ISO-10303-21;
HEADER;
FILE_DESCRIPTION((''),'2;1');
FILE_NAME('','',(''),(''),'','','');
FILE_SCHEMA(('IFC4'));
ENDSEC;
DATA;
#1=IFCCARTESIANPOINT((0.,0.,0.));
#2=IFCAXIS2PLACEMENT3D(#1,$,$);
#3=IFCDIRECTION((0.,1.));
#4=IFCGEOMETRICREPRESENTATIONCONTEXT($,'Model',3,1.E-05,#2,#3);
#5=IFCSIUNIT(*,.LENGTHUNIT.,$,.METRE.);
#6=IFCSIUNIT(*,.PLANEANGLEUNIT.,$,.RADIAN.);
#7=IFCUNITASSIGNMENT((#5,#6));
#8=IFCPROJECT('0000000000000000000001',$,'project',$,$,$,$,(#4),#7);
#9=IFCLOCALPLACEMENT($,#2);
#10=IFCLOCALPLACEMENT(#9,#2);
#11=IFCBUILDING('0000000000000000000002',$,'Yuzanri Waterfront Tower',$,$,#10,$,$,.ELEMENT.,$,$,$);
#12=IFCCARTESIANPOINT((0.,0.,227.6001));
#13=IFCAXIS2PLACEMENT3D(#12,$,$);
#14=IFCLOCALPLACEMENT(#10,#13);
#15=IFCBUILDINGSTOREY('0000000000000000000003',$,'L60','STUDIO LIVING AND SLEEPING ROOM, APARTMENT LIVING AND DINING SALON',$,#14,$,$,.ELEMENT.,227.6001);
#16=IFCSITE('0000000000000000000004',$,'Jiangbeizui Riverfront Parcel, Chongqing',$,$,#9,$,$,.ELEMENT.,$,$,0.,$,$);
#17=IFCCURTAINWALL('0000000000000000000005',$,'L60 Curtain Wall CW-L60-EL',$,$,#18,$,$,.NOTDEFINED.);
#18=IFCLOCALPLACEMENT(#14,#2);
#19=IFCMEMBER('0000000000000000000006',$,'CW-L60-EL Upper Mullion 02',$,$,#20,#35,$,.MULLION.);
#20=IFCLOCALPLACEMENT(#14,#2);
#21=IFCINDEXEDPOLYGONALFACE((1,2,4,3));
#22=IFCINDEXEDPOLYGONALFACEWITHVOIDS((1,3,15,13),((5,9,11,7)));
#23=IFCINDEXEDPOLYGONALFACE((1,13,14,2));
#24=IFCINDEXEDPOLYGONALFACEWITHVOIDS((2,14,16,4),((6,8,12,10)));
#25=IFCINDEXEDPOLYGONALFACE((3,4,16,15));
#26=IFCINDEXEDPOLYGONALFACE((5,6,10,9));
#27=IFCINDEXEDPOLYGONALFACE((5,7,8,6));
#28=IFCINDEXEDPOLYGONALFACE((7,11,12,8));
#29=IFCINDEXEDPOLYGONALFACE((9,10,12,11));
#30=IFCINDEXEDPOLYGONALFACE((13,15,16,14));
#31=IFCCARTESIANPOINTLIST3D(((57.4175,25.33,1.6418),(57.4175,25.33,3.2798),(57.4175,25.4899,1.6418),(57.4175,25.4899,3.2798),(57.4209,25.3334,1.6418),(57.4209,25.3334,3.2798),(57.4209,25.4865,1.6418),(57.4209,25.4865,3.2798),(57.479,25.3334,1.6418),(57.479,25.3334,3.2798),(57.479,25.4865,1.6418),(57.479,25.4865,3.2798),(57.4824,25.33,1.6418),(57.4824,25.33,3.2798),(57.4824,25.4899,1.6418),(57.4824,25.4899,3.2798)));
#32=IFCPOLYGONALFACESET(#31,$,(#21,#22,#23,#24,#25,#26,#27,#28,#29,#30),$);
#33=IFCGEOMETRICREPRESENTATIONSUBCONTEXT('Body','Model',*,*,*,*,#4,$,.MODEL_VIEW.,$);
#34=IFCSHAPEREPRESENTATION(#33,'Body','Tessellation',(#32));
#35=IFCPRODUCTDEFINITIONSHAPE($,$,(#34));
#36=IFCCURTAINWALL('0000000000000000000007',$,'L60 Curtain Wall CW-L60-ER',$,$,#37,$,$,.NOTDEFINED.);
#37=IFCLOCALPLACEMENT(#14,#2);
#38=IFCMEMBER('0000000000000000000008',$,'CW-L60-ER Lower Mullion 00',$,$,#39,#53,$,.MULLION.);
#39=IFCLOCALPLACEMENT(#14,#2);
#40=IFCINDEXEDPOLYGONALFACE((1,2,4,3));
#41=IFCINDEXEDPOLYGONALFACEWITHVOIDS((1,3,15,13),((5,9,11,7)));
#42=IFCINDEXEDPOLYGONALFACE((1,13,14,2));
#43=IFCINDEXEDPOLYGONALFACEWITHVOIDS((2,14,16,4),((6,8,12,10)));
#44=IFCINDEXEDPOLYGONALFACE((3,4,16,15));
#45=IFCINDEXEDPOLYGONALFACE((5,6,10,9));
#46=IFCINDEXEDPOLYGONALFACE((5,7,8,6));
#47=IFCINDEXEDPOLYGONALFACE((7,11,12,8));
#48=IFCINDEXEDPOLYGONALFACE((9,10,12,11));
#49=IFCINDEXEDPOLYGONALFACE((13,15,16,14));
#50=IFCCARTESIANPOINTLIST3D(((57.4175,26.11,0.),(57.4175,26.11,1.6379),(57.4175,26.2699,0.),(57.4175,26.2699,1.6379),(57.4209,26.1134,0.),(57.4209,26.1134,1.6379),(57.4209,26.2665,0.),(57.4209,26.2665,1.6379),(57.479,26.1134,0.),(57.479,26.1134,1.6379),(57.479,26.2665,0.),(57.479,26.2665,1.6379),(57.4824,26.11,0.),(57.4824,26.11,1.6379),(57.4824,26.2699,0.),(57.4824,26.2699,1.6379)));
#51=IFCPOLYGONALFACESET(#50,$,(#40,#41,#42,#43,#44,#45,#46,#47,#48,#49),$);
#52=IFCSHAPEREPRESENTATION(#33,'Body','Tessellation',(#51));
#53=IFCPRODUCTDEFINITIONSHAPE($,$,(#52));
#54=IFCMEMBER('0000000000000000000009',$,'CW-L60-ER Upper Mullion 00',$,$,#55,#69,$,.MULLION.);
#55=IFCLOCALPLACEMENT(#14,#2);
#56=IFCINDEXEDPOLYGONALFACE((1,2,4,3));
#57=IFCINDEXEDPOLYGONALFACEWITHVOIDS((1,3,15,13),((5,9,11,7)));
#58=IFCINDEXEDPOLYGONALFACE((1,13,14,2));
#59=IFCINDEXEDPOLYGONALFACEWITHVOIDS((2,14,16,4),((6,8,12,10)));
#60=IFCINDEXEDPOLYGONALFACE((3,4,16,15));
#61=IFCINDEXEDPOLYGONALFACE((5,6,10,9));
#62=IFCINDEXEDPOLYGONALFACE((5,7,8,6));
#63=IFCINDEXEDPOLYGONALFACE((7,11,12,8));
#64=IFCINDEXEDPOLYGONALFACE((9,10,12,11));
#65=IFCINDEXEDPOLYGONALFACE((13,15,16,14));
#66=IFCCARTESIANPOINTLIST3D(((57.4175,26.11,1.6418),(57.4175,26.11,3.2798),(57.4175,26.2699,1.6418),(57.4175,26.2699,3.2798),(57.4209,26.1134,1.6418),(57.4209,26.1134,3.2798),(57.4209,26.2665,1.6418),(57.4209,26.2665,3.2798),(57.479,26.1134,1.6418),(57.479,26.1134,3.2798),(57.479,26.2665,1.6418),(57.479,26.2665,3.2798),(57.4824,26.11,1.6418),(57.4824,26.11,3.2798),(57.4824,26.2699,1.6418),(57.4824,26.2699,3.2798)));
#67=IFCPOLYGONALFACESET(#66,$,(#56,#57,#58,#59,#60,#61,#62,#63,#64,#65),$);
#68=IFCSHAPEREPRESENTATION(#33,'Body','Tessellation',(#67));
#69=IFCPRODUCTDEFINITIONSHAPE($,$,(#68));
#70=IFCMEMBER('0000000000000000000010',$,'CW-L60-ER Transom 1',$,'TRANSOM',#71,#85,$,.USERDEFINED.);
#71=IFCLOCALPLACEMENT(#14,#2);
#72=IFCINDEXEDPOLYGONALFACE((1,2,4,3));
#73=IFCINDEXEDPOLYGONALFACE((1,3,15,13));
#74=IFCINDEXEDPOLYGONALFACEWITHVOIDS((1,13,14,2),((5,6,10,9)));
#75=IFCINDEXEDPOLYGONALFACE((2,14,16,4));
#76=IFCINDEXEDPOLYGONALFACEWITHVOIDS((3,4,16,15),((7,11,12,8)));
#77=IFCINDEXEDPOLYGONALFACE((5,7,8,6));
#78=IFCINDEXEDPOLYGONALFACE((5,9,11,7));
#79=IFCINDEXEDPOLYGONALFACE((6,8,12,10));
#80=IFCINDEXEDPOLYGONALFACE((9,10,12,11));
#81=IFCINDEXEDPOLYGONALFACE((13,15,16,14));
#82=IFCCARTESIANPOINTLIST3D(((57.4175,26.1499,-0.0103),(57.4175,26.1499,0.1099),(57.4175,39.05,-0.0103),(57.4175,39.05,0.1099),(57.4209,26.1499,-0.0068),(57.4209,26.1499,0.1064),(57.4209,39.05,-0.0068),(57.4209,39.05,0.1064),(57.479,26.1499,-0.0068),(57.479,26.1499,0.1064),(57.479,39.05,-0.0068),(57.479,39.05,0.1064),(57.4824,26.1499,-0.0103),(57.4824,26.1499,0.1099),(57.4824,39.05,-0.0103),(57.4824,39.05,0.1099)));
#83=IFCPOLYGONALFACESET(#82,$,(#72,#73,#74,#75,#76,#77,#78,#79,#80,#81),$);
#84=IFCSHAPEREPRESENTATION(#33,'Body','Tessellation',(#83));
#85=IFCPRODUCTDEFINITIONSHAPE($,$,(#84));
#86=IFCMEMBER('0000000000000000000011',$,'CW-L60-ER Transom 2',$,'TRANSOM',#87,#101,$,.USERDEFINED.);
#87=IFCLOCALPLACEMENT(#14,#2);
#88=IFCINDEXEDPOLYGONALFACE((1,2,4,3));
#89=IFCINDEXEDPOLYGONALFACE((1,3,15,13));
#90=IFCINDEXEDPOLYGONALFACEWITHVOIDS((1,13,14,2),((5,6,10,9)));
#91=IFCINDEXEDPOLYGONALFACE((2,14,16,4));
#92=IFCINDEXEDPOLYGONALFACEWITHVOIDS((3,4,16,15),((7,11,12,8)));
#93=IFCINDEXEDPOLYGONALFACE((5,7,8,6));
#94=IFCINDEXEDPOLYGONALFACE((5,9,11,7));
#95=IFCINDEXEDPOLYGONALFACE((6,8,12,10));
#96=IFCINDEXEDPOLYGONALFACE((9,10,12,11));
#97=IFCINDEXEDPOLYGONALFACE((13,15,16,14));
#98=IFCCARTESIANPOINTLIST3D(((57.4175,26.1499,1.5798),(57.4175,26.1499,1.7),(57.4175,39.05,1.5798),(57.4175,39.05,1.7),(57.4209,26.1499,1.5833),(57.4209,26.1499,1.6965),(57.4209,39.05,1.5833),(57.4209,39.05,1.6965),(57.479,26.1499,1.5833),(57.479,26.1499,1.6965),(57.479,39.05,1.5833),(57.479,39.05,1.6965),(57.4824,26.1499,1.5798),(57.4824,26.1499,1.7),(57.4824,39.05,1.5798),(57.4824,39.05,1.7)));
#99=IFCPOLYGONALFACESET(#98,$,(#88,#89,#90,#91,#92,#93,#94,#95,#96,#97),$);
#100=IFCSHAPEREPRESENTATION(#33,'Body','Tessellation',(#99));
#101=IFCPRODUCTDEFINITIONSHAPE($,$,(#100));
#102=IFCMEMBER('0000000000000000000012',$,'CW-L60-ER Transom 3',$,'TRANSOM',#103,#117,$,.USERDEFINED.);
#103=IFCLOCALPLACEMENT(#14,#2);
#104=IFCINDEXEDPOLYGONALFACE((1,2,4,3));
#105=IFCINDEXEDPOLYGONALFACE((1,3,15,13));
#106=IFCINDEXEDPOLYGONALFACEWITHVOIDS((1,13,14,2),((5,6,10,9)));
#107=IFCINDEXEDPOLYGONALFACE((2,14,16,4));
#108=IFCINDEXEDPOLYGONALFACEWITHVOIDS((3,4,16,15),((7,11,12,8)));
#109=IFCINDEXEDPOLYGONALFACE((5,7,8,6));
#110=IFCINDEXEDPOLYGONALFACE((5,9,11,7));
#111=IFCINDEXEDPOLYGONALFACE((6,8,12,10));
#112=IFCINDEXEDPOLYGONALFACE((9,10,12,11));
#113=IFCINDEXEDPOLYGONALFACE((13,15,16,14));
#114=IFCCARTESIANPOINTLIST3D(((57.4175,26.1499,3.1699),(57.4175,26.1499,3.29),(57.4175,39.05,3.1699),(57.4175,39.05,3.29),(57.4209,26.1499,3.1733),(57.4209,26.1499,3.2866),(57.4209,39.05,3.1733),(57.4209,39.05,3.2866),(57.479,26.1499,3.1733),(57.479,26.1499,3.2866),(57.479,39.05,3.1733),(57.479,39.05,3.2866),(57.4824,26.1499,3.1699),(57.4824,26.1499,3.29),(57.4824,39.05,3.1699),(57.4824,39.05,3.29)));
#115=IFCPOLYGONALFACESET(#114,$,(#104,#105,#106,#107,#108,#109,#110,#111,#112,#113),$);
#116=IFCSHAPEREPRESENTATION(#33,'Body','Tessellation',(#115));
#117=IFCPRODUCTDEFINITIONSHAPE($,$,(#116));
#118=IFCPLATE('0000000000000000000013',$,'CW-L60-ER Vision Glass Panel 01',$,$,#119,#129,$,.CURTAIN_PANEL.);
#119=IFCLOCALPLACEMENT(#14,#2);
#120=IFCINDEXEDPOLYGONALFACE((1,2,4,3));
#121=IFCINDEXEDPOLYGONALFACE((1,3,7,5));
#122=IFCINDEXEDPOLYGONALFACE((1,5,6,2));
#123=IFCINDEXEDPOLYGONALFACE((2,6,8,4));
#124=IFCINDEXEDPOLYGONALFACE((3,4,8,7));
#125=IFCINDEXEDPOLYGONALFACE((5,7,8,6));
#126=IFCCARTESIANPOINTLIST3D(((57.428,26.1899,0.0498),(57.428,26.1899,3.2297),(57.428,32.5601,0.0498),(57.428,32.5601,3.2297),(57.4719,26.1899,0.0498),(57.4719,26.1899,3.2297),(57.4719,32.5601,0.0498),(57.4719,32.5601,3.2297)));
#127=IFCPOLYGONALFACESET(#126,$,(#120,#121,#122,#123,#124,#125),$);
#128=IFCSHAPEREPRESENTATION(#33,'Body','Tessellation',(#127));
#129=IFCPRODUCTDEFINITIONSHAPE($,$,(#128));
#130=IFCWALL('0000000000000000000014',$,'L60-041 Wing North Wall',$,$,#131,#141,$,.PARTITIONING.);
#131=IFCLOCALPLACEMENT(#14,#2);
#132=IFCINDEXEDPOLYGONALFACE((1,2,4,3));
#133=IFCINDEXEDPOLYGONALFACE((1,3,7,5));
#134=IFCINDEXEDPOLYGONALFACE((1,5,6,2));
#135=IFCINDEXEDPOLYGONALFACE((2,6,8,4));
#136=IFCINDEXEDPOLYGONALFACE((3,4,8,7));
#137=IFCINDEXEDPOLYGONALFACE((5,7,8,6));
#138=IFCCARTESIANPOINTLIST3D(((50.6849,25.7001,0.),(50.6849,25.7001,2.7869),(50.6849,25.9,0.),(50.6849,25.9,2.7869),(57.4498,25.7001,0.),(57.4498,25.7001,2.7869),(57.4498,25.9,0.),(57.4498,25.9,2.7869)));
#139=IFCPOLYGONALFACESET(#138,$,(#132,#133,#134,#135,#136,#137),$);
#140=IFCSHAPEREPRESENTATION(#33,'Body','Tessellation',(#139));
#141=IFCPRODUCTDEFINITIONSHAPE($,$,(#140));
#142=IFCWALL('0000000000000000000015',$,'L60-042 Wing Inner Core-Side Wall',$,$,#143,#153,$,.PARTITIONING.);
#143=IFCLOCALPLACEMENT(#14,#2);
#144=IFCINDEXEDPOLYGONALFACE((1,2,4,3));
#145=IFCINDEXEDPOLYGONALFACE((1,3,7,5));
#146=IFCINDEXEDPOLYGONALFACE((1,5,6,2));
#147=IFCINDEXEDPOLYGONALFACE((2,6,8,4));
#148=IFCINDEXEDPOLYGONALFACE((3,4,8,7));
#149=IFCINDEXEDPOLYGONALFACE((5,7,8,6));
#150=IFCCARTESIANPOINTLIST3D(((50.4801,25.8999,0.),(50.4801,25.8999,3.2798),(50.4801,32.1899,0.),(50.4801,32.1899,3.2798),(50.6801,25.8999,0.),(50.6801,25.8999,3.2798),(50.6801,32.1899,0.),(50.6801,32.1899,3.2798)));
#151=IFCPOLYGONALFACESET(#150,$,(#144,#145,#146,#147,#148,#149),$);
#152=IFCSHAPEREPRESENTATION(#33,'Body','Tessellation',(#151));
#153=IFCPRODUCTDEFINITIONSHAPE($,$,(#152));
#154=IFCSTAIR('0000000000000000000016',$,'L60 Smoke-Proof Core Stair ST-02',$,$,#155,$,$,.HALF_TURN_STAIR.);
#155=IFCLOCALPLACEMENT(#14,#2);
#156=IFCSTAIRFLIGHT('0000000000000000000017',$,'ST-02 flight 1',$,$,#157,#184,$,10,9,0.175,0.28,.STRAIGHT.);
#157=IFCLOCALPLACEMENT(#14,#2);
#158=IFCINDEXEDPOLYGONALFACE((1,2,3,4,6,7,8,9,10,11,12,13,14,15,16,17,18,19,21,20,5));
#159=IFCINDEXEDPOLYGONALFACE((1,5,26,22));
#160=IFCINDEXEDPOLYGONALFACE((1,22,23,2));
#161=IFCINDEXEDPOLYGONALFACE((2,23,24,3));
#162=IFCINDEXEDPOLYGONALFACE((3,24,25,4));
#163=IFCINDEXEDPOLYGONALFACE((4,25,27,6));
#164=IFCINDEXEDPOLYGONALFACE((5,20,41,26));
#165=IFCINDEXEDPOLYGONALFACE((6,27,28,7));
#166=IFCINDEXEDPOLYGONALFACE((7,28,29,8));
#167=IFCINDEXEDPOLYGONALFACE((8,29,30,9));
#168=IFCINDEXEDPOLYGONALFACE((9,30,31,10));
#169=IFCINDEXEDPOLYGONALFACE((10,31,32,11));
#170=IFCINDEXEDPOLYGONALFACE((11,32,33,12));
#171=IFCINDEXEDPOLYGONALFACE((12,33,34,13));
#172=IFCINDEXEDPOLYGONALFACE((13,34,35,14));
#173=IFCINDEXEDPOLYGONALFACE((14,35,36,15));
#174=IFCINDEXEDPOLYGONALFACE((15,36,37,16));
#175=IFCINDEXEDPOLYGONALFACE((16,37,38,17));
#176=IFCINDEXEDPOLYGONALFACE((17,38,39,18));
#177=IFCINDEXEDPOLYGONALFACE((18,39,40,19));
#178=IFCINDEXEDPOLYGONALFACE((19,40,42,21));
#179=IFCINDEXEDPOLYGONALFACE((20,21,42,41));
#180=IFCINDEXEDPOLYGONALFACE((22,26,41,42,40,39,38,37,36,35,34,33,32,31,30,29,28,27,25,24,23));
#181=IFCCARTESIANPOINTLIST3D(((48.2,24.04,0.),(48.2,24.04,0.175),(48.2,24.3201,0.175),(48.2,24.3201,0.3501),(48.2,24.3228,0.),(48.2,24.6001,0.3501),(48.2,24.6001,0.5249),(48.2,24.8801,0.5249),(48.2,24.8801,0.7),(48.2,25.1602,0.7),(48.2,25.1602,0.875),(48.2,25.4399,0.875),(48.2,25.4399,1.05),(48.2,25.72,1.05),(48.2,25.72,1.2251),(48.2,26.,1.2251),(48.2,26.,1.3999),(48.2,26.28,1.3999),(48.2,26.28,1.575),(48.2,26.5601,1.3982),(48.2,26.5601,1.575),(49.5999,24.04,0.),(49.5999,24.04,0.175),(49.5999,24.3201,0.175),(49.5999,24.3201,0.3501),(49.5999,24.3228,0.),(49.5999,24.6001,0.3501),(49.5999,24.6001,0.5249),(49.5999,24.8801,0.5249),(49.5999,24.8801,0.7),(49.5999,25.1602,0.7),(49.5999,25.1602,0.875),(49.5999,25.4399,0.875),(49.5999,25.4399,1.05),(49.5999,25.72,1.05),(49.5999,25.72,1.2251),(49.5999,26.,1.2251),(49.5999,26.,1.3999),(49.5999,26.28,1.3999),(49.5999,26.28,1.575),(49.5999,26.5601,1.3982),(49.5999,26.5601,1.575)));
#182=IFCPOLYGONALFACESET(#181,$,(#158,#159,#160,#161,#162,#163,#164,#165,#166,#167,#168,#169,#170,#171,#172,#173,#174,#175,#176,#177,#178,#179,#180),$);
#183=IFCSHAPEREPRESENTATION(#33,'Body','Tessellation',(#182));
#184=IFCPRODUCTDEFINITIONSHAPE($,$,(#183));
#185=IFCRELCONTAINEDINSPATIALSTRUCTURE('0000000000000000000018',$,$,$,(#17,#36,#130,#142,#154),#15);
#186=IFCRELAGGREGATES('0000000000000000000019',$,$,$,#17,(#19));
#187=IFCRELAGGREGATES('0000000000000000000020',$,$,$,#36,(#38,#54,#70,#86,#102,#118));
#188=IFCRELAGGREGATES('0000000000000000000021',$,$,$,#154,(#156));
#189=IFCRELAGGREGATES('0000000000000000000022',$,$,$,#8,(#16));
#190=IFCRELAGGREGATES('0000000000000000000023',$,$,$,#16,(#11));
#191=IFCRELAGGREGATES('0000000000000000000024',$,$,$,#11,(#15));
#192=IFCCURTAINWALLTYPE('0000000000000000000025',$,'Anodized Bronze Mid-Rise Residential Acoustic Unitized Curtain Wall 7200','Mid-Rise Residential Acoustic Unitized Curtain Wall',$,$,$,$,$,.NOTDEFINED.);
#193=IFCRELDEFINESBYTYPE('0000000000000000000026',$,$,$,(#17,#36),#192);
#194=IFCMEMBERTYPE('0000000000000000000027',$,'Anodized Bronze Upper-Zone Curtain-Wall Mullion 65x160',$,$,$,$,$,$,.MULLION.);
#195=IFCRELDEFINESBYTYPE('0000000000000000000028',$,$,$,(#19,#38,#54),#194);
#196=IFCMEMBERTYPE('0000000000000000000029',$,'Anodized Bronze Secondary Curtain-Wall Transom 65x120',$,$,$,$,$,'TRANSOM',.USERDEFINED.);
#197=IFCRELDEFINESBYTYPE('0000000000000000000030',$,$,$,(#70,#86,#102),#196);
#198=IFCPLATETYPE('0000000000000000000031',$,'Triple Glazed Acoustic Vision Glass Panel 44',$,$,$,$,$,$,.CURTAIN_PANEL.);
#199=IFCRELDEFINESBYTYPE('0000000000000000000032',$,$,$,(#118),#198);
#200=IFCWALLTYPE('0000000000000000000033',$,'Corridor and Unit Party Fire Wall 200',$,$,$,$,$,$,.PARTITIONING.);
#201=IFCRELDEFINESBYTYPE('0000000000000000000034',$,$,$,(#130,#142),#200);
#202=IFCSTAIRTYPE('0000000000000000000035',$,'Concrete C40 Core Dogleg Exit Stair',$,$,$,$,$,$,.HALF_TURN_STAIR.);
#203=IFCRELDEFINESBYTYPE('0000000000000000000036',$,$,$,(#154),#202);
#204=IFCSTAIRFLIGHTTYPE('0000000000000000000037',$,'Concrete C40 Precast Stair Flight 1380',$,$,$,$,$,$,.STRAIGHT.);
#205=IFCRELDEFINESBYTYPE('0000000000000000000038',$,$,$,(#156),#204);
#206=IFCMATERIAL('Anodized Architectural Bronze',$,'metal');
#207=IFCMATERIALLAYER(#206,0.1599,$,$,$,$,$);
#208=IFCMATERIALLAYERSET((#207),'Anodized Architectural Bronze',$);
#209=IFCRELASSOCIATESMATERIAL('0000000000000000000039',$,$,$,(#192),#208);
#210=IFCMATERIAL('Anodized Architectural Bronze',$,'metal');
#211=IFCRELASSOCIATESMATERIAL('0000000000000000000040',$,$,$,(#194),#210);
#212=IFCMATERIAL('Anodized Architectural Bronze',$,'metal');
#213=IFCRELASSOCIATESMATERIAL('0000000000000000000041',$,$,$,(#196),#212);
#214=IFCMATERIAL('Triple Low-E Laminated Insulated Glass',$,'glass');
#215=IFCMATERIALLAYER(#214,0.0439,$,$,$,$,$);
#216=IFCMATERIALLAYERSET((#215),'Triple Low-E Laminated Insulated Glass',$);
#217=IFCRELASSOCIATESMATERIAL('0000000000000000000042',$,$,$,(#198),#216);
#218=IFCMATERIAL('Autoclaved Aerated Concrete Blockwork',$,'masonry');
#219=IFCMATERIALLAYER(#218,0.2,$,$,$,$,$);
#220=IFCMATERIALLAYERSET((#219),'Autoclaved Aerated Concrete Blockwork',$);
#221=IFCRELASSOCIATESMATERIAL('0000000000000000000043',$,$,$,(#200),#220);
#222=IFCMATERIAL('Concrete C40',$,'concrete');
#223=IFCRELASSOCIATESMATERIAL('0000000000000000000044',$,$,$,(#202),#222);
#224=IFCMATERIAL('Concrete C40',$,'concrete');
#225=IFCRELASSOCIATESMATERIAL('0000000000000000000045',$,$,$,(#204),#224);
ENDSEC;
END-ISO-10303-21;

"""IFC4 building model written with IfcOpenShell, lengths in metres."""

from ifc_helpers import new_model, si_unit, direction, frame, frame_2d, origin, origin_2d, place, context, subcontext, project, spatial, polyline, rectangle, hollow_rectangle, outline, extrude, source, transform, mapped, material, layer, layer_set, material_profile, profile_set, type_object, element, aggregate, save


model = new_model("IFC4")

# Units and contexts
model_context = context("Model", 3, precision=1e-05, world=origin(), true_north=direction((0.0, 1.0)))
body_context = subcontext(model_context, "Body", "Model", "MODEL_VIEW")
ifc_project = project(units=[si_unit("LENGTHUNIT", "METRE"), si_unit("PLANEANGLEUNIT", "RADIAN")], contexts=[model_context])

# Site, building, storey
site_placement = place(None, origin())
site = spatial("IfcSite", under=ifc_project, at=site_placement, Name="Jiangbeizui Riverfront Parcel, Chongqing", CompositionType="ELEMENT", RefElevation=0.0)
building_placement = place(site_placement, origin())
building = spatial("IfcBuilding", under=site, at=building_placement, Name="Yuzanri Waterfront Tower", CompositionType="ELEMENT")
storey_placement = place(building_placement, frame((0.0, 0.0, 227.6001)))
storey = spatial("IfcBuildingStorey", under=building, at=storey_placement, Name="L60", Description="STUDIO LIVING AND SLEEPING ROOM, APARTMENT LIVING AND DINING SALON", CompositionType="ELEMENT", Elevation=227.6001)

# Curtain wall, member
ifc_material_1 = material(Name="Anodized Architectural Bronze", Category="metal")
ifc_layer_1 = layer(ifc_material_1, 0.1599)
ifc_layer_set_1 = layer_set([ifc_layer_1], Name="Anodized Architectural Bronze")
curtain_wall_type = type_object("IfcCurtainWallType", Name="Anodized Bronze Mid-Rise Residential Acoustic Unitized Curtain Wall 7200", Description="Mid-Rise Residential Acoustic Unitized Curtain Wall", PredefinedType="NOTDEFINED", material=ifc_layer_set_1)
curtain_wall_1_placement = place(storey_placement, origin())
curtain_wall_1 = element("IfcCurtainWall", 1, at=curtain_wall_1_placement, inside=storey, type_object=curtain_wall_type, Name="L60 Curtain Wall CW-L60-EL", PredefinedType="NOTDEFINED")
ifc_material_2 = material(Name="Anodized Architectural Bronze", Category="metal")
ifc_material_profile_1 = material_profile(ifc_material_2, hollow_rectangle(XDim=0.0649, YDim=0.1599, WallThickness=0.0034, at=origin_2d()), Name="CWM 65x160")
ifc_profile_set_1 = profile_set([ifc_material_profile_1], Name="Anodized Architectural Bronze")
member_type_1 = type_object("IfcMemberType", Name="Anodized Bronze Upper-Zone Curtain-Wall Mullion 65x160", PredefinedType="MULLION", material=ifc_profile_set_1)
shared_shape_1 = source(origin(), body_context, "Body", "SweptSolid", [
    extrude(hollow_rectangle(XDim=0.0649, YDim=0.1599, WallThickness=0.0034, at=origin_2d()), origin(), (0.0, 0.0, 1.0), 1.6379),
])
member_1_placement = place(storey_placement, frame((57.45, 25.4099, 1.6418), z_axis=(0.0, 0.0, 1.0), x_axis=(1.0, 0.0, 0.0)))
member_1 = element("IfcMember", 2, at=member_1_placement, type_object=member_type_1, Name="CW-L60-EL Upper Mullion 02", PredefinedType="MULLION", context=body_context, shape_type="MappedRepresentation", body=[
    mapped(shared_shape_1, transform((0.0, 0.0, 0.0), scale=1.0)),
])
aggregate(curtain_wall_1, [member_1])

# Curtain wall, members, plate
curtain_wall_2_placement = place(storey_placement, origin())
curtain_wall_2 = element("IfcCurtainWall", 3, at=curtain_wall_2_placement, inside=storey, type_object=curtain_wall_type, Name="L60 Curtain Wall CW-L60-ER", PredefinedType="NOTDEFINED")
member_2_placement = place(storey_placement, frame((57.45, 26.1899, 0.0), z_axis=(0.0, 0.0, 1.0), x_axis=(1.0, 0.0, 0.0)))
member_2 = element("IfcMember", 4, at=member_2_placement, type_object=member_type_1, Name="CW-L60-ER Lower Mullion 00", PredefinedType="MULLION", context=body_context, shape_type="MappedRepresentation", body=[
    mapped(shared_shape_1, transform((0.0, 0.0, 0.0), scale=1.0)),
])
member_3_placement = place(storey_placement, frame((57.45, 26.1899, 1.6418), z_axis=(0.0, 0.0, 1.0), x_axis=(1.0, 0.0, 0.0)))
member_3 = element("IfcMember", 5, at=member_3_placement, type_object=member_type_1, Name="CW-L60-ER Upper Mullion 00", PredefinedType="MULLION", context=body_context, shape_type="MappedRepresentation", body=[
    mapped(shared_shape_1, transform((0.0, 0.0, 0.0), scale=1.0)),
])
ifc_material_3 = material(Name="Anodized Architectural Bronze", Category="metal")
ifc_material_profile_2 = material_profile(ifc_material_3, hollow_rectangle(XDim=0.0649, YDim=0.1201, WallThickness=0.0034, at=origin_2d()), Name="CWT 65x120")
ifc_profile_set_2 = profile_set([ifc_material_profile_2], Name="Anodized Architectural Bronze")
member_type_2 = type_object("IfcMemberType", Name="Anodized Bronze Secondary Curtain-Wall Transom 65x120", ElementType="TRANSOM", PredefinedType="USERDEFINED", material=ifc_profile_set_2)
shared_shape_2 = source(origin(), body_context, "Body", "SweptSolid", [
    extrude(hollow_rectangle(XDim=0.0649, YDim=0.1201, WallThickness=0.0034, at=origin_2d()), origin(), (0.0, 0.0, 1.0), 12.9001),
])
member_4_placement = place(storey_placement, frame((57.45, 26.1499, 0.0498), z_axis=(0.0, 1.0, 0.0), x_axis=(-1.0, 0.0, 0.0)))
member_4 = element("IfcMember", 6, at=member_4_placement, type_object=member_type_2, Name="CW-L60-ER Transom 1", ObjectType="TRANSOM", PredefinedType="USERDEFINED", context=body_context, shape_type="MappedRepresentation", body=[
    mapped(shared_shape_2, transform((0.0, 0.0, 0.0), scale=1.0)),
])
member_5_placement = place(storey_placement, frame((57.45, 26.1499, 1.6399), z_axis=(0.0, 1.0, 0.0), x_axis=(-1.0, 0.0, 0.0)))
member_5 = element("IfcMember", 7, at=member_5_placement, type_object=member_type_2, Name="CW-L60-ER Transom 2", ObjectType="TRANSOM", PredefinedType="USERDEFINED", context=body_context, shape_type="MappedRepresentation", body=[
    mapped(shared_shape_2, transform((0.0, 0.0, 0.0), scale=1.0)),
])
member_6_placement = place(storey_placement, frame((57.45, 26.1499, 3.23), z_axis=(0.0, 1.0, 0.0), x_axis=(-1.0, 0.0, 0.0)))
member_6 = element("IfcMember", 8, at=member_6_placement, type_object=member_type_2, Name="CW-L60-ER Transom 3", ObjectType="TRANSOM", PredefinedType="USERDEFINED", context=body_context, shape_type="MappedRepresentation", body=[
    mapped(shared_shape_2, transform((0.0, 0.0, 0.0), scale=1.0)),
])
ifc_material_4 = material(Name="Triple Low-E Laminated Insulated Glass", Category="glass")
ifc_layer_2 = layer(ifc_material_4, 0.0439)
ifc_layer_set_2 = layer_set([ifc_layer_2], Name="Triple Low-E Laminated Insulated Glass")
plate_type = type_object("IfcPlateType", Name="Triple Glazed Acoustic Vision Glass Panel 44", PredefinedType="CURTAIN_PANEL", material=ifc_layer_set_2)
shared_shape_3 = source(origin(), body_context, "Body", "SweptSolid", [
    extrude(rectangle(XDim=6.3701, YDim=0.0439, at=origin_2d()), origin(), (0.0, 0.0, 1.0), 3.1799),
])
plate_placement = place(storey_placement, frame((57.45, 29.375, 0.0498), z_axis=(0.0, 0.0, 1.0), x_axis=(0.0, 1.0, 0.0)))
plate = element("IfcPlate", 9, at=plate_placement, type_object=plate_type, Name="CW-L60-ER Vision Glass Panel 01", PredefinedType="CURTAIN_PANEL", context=body_context, shape_type="MappedRepresentation", body=[
    mapped(shared_shape_3, transform((0.0, 0.0, 0.0), scale=1.0)),
])
aggregate(curtain_wall_2, [member_2, member_3, member_4, member_5, member_6, plate])

# Walls
ifc_material_5 = material(Name="Autoclaved Aerated Concrete Blockwork", Category="masonry")
ifc_layer_3 = layer(ifc_material_5, 0.2)
ifc_layer_set_3 = layer_set([ifc_layer_3], Name="Autoclaved Aerated Concrete Blockwork")
wall_type = type_object("IfcWallType", Name="Corridor and Unit Party Fire Wall 200", PredefinedType="PARTITIONING", material=ifc_layer_set_3)
shared_shape_4 = source(origin(), body_context, "Body", "SweptSolid", [
    extrude(rectangle(XDim=6.7649, YDim=0.2, at=frame_2d((3.3823, 0.0))), origin(), (0.0, 0.0, 1.0), 2.7869),
])
wall_1_placement = place(storey_placement, frame((50.6851, 25.8, 0.0), z_axis=(0.0, 0.0, 1.0), x_axis=(1.0, 0.0, 0.0)))
element("IfcWall", 10, at=wall_1_placement, inside=storey, type_object=wall_type, Name="L60-041 Wing North Wall", PredefinedType="PARTITIONING", context=body_context, shape_type="MappedRepresentation", body=[
    mapped(shared_shape_4, transform((0.0, 0.0, 0.0), scale=1.0)),
])
shared_shape_5 = source(origin(), body_context, "Body", "SweptSolid", [
    extrude(rectangle(XDim=6.29, YDim=0.2, at=frame_2d((3.145, 0.0))), origin(), (0.0, 0.0, 1.0), 3.2798),
])
wall_2_placement = place(storey_placement, frame((50.5801, 25.8999, 0.0), z_axis=(0.0, 0.0, 1.0), x_axis=(0.0, 1.0, 0.0)))
element("IfcWall", 11, at=wall_2_placement, inside=storey, type_object=wall_type, Name="L60-042 Wing Inner Core-Side Wall", PredefinedType="PARTITIONING", context=body_context, shape_type="MappedRepresentation", body=[
    mapped(shared_shape_5, transform((0.0, 0.0, 0.0), scale=1.0)),
])

# Stair, stair flight
ifc_material_6 = material(Name="Concrete C40", Category="concrete")
stair_type = type_object("IfcStairType", Name="Concrete C40 Core Dogleg Exit Stair", PredefinedType="HALF_TURN_STAIR", material=ifc_material_6)
stair_placement = place(storey_placement, origin())
stair = element("IfcStair", 12, at=stair_placement, inside=storey, type_object=stair_type, Name="L60 Smoke-Proof Core Stair ST-02", PredefinedType="HALF_TURN_STAIR")
ifc_material_7 = material(Name="Concrete C40", Category="concrete")
stair_flight_type = type_object("IfcStairFlightType", Name="Concrete C40 Precast Stair Flight 1380", PredefinedType="STRAIGHT", material=ifc_material_7)
shared_shape_6 = source(origin(), body_context, "Body", "SweptSolid", [
    extrude(outline(polyline([(0.0, 0.0), (0.0, 0.175), (0.28, 0.175), (0.28, 0.3501), (0.5601, 0.3501), (0.5601, 0.5249), (0.8401, 0.5249), (0.8401, 0.7), (1.1201, 0.7), (1.1201, 0.875), (1.3999, 0.875), (1.3999, 1.05), (1.6799, 1.05), (1.6799, 1.2251), (1.96, 1.2251), (1.96, 1.3999), (2.24, 1.3999), (2.24, 1.575), (2.52, 1.575), (2.52, 1.75), (2.52, 1.3982), (0.2827, 0.0), (0.0, 0.0)])), frame((0.0, 0.7, 0.0), z_axis=(0.0, -1.0, 0.0), x_axis=(1.0, 0.0, 0.0)), (0.0, 0.0, 1.0), 1.3999),
])
stair_flight_placement = place(storey_placement, frame((48.8999, 24.04, 0.0), z_axis=(0.0, 0.0, 1.0), x_axis=(0.0, 1.0, 0.0)))
stair_flight = element("IfcStairFlight", 13, at=stair_flight_placement, type_object=stair_flight_type, Name="ST-02 flight 1", NumberOfRisers=10, NumberOfTreads=9, PredefinedType="STRAIGHT", RiserHeight=0.175, TreadLength=0.28, context=body_context, shape_type="MappedRepresentation", body=[
    mapped(shared_shape_6, transform((0.0, 0.0, 0.0), scale=1.0)),
])
aggregate(stair, [stair_flight])

save(model, "model.ifc")
